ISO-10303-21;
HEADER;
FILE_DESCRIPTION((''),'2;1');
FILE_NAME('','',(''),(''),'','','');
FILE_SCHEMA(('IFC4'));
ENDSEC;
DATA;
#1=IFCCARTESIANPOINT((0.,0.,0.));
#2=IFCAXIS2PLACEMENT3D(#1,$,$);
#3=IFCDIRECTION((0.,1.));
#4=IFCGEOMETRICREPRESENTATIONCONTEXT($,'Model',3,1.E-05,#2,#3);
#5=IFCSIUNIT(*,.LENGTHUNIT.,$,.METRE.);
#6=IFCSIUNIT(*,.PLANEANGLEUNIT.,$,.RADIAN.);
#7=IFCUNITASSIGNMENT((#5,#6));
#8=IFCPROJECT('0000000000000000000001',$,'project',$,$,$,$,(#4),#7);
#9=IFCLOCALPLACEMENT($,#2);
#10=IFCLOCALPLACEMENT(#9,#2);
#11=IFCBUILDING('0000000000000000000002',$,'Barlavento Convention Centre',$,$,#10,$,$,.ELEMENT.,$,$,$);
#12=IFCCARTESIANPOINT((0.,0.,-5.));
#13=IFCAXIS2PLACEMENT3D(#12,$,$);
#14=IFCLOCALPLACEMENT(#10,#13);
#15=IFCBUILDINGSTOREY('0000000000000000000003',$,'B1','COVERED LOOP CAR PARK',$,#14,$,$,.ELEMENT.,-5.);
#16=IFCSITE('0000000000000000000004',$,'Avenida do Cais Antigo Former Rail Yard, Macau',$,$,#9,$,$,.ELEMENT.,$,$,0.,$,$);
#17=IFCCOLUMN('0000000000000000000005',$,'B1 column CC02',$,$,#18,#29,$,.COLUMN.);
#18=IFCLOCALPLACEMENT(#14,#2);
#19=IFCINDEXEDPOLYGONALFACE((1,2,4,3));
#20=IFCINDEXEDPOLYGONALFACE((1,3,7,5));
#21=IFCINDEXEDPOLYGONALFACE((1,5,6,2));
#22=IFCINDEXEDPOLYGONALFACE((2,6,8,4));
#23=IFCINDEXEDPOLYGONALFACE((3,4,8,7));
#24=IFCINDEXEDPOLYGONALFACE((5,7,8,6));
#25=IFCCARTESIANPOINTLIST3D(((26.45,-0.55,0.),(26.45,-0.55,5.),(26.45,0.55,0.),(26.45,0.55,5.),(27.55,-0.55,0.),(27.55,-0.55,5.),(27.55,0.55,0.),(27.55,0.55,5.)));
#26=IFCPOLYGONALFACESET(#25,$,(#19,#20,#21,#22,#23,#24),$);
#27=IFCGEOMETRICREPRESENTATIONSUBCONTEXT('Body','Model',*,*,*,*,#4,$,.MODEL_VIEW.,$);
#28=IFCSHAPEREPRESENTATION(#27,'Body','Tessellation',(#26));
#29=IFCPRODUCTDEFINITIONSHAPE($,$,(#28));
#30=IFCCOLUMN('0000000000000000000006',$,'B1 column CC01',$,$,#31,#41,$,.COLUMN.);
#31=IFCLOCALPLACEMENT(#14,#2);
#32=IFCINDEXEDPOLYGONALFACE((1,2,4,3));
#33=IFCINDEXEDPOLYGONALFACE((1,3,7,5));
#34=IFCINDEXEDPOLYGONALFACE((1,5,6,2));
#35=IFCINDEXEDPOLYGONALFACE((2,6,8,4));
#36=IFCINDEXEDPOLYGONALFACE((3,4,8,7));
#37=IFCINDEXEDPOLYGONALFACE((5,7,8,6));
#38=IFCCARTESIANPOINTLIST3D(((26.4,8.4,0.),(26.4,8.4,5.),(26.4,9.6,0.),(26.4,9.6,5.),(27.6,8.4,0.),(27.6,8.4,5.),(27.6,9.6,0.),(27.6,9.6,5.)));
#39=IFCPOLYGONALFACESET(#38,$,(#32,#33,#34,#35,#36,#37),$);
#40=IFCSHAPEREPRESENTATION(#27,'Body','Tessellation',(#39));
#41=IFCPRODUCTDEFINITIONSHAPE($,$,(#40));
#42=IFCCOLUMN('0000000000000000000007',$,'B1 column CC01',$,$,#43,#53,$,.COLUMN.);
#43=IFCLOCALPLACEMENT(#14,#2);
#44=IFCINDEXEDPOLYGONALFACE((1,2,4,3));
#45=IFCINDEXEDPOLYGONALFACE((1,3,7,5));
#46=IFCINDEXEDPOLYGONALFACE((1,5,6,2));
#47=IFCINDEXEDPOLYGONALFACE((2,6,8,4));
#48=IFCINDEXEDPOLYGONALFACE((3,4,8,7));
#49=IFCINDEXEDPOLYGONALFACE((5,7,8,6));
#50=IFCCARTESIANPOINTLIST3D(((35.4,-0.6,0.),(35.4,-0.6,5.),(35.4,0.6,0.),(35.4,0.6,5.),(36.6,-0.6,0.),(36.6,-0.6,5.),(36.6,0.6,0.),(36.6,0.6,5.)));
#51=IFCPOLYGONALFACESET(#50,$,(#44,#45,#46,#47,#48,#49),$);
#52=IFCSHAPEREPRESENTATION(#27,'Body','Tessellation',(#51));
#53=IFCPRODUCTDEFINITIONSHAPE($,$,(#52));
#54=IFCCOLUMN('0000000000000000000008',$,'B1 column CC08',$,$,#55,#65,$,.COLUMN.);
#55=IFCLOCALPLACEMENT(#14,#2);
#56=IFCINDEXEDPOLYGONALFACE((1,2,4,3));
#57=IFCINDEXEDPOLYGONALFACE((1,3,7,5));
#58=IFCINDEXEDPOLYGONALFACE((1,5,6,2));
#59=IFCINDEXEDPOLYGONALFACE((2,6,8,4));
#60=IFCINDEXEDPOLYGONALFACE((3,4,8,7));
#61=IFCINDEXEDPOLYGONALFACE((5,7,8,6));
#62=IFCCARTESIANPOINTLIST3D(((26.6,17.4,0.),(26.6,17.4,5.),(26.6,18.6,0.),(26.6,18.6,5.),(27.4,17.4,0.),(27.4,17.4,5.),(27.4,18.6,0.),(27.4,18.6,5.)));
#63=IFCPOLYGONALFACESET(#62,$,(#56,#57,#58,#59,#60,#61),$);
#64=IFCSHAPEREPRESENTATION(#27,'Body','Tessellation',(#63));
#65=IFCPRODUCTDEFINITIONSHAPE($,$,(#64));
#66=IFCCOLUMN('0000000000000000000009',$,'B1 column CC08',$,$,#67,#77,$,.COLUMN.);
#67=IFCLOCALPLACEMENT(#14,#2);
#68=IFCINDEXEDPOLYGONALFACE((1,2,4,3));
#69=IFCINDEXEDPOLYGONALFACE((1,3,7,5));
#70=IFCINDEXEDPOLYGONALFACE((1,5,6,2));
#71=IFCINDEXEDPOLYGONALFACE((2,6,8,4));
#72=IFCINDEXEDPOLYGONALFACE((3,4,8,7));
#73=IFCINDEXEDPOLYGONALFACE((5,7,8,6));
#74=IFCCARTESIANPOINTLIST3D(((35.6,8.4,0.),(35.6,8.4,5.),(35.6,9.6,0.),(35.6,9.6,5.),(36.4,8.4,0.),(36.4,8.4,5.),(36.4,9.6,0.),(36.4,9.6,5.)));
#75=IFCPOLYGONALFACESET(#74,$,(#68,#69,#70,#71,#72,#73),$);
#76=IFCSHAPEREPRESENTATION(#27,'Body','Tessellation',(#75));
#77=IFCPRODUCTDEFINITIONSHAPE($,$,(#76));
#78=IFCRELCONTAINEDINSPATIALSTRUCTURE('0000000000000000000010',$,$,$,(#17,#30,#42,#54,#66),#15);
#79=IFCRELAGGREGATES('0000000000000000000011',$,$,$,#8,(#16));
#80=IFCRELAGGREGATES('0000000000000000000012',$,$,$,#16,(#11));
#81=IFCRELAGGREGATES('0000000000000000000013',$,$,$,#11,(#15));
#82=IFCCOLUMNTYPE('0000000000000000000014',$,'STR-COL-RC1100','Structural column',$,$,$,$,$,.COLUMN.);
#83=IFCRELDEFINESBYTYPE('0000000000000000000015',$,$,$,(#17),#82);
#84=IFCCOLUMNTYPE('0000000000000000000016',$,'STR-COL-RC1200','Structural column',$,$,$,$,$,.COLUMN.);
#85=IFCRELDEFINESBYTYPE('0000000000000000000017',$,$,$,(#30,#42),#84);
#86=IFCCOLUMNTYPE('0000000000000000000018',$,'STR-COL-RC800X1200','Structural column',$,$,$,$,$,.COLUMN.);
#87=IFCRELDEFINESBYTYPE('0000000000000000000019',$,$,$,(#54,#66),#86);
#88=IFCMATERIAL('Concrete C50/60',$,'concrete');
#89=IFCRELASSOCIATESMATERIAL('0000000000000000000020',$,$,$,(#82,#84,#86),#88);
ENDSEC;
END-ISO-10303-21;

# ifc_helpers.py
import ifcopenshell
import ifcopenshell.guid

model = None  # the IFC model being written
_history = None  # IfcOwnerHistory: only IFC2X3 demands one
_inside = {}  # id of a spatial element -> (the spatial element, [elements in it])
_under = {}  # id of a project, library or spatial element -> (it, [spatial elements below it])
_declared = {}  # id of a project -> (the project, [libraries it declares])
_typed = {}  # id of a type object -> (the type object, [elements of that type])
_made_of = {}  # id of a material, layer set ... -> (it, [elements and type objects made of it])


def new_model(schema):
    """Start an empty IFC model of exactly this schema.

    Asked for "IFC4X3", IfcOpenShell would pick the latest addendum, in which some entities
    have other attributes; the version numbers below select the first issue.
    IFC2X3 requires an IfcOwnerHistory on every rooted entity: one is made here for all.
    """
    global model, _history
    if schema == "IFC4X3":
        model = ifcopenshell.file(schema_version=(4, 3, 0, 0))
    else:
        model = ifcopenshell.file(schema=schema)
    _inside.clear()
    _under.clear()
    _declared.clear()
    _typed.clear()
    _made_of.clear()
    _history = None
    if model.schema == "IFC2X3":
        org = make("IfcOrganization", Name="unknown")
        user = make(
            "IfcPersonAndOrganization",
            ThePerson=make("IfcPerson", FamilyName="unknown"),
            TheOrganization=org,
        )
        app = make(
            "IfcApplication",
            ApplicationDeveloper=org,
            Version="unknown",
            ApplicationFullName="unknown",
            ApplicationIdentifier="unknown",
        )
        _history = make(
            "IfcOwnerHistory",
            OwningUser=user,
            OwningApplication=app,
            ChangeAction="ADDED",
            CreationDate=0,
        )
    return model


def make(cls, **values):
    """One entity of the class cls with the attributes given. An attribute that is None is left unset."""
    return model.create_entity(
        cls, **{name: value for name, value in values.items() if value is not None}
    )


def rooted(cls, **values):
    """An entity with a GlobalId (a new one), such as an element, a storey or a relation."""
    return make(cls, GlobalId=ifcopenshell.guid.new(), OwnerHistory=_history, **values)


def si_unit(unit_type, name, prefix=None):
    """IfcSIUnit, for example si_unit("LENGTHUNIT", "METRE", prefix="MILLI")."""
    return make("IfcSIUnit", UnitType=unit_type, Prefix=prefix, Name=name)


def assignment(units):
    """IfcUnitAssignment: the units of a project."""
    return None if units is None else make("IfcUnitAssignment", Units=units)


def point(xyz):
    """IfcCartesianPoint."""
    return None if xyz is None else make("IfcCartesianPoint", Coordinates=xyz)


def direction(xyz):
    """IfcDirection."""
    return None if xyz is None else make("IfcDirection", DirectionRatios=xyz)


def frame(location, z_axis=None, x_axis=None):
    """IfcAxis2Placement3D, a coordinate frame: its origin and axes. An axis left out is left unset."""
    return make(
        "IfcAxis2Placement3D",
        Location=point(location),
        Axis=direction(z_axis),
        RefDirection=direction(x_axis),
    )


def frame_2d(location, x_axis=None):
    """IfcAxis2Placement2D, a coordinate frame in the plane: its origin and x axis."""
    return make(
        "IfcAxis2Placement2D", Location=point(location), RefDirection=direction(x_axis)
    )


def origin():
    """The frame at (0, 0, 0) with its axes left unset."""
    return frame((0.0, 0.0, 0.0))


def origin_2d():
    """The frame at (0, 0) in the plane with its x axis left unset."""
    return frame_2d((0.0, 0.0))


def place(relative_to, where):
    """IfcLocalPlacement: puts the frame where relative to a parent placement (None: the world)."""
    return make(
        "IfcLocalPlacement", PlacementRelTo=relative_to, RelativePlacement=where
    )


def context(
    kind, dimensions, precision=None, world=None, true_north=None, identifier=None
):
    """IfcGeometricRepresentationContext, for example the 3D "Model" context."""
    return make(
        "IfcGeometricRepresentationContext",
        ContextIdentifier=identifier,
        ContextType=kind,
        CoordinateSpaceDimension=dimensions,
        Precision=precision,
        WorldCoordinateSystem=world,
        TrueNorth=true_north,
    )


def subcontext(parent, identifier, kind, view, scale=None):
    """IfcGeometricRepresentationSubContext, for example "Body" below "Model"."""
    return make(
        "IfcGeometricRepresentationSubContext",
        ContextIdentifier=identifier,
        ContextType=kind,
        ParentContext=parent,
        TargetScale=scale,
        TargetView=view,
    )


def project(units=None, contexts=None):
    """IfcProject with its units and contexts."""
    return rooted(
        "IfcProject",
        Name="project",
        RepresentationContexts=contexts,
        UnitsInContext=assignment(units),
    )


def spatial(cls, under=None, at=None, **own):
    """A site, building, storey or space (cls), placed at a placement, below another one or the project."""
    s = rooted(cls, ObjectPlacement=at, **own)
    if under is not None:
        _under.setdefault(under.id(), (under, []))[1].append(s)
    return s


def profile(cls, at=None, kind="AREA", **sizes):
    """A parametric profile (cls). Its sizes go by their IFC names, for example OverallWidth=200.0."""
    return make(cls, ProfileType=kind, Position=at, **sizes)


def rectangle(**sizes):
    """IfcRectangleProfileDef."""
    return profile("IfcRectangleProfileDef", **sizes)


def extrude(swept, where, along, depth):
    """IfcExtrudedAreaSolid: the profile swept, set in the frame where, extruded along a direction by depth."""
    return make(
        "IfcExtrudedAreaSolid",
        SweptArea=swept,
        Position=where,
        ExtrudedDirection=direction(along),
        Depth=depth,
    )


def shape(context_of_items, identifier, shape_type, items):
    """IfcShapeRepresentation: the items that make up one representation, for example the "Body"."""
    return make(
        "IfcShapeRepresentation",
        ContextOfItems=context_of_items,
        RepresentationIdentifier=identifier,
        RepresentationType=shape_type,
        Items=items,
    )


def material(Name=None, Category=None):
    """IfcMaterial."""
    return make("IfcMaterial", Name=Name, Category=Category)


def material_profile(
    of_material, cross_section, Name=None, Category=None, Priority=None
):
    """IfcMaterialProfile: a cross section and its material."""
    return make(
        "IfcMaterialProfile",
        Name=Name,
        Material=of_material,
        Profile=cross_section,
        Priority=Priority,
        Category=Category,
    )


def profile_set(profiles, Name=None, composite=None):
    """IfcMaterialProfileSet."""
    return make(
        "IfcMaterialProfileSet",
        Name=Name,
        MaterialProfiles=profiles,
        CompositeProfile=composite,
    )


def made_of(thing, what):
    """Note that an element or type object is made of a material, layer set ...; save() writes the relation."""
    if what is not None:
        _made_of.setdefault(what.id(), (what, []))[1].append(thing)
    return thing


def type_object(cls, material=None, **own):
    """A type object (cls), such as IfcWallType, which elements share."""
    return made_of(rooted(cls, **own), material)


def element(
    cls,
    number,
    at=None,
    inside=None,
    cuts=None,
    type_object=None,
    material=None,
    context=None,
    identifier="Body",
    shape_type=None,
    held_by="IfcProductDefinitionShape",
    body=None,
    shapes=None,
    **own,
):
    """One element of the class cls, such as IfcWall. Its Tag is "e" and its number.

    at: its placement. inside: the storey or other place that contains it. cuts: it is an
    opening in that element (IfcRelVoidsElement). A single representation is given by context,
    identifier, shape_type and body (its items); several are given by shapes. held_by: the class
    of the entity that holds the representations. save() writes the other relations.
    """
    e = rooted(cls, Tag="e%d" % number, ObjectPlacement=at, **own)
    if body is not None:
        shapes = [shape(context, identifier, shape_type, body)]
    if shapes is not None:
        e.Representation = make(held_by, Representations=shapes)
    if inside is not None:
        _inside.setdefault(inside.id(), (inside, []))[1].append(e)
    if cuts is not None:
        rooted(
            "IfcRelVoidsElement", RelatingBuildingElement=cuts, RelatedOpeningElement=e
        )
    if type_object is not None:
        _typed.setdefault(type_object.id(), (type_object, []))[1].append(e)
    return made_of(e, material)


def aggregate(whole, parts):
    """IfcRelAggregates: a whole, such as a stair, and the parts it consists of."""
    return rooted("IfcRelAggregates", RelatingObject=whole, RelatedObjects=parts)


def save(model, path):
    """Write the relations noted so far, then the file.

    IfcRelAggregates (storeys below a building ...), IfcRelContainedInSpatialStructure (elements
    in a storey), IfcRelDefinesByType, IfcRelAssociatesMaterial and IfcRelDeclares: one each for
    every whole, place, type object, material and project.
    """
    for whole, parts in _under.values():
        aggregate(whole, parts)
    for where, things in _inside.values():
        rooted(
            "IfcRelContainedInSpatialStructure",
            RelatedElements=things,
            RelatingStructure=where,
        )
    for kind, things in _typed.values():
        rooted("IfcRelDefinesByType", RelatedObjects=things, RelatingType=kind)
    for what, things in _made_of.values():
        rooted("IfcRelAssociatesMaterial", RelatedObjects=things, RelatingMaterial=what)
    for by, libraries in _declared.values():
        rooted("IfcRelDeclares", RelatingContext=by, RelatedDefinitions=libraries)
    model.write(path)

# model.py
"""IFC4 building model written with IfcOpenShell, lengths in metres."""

from ifc_helpers import new_model, si_unit, direction, frame, origin, origin_2d, place, context, subcontext, project, spatial, rectangle, extrude, material, material_profile, profile_set, type_object, element, save


model = new_model("IFC4")

# Units and contexts
model_context = context("Model", 3, precision=1e-05, world=origin(), true_north=direction((0.0, 1.0)))
body_context = subcontext(model_context, "Body", "Model", "MODEL_VIEW")
ifc_project = project(units=[si_unit("LENGTHUNIT", "METRE"), si_unit("PLANEANGLEUNIT", "RADIAN")], contexts=[model_context])

# Site, building, storey
site_placement = place(None, origin())
site = spatial("IfcSite", under=ifc_project, at=site_placement, Name="Avenida do Cais Antigo Former Rail Yard, Macau", CompositionType="ELEMENT", RefElevation=0.0)
building_placement = place(site_placement, origin())
building = spatial("IfcBuilding", under=site, at=building_placement, Name="Barlavento Convention Centre", CompositionType="ELEMENT")
storey_placement = place(building_placement, frame((0.0, 0.0, -5.0)))
storey = spatial("IfcBuildingStorey", under=building, at=storey_placement, Name="B1", Description="COVERED LOOP CAR PARK", CompositionType="ELEMENT", Elevation=-5.0)

# Columns
ifc_material_1 = material(Name="Concrete C50/60", Category="concrete")
ifc_material_profile_1 = material_profile(ifc_material_1, rectangle(XDim=1.1001, YDim=1.1001, at=origin_2d()), Name="RC 1100x1100")
ifc_profile_set_1 = profile_set([ifc_material_profile_1], Name="Concrete C50/60")
column_type_1 = type_object("IfcColumnType", Name="STR-COL-RC1100", Description="Structural column", PredefinedType="COLUMN", material=ifc_profile_set_1)
column_1_placement = place(storey_placement, frame((27.0, 0.0, 0.0), z_axis=(0.0, 0.0, 1.0), x_axis=(1.0, 0.0, 0.0)))
element("IfcColumn", 1, at=column_1_placement, inside=storey, type_object=column_type_1, Name="B1 column CC02", PredefinedType="COLUMN", context=body_context, shape_type="SweptSolid", body=[
    extrude(rectangle(XDim=1.1001, YDim=1.1001, at=origin_2d()), origin(), (0.0, 0.0, 1.0), 5.0),
])
ifc_material_profile_2 = material_profile(ifc_material_1, rectangle(XDim=1.2, YDim=1.2, at=origin_2d()), Name="RC 1200x1200")
ifc_profile_set_2 = profile_set([ifc_material_profile_2], Name="Concrete C50/60")
column_type_2 = type_object("IfcColumnType", Name="STR-COL-RC1200", Description="Structural column", PredefinedType="COLUMN", material=ifc_profile_set_2)
for number, where, z_axis, x_axis, name in (
    (2, (27.0, 9.0, 0.0), (0.0, 0.0, 1.0), (1.0, 0.0, 0.0), "B1 column CC01"),
    (3, (36.0, 0.0, 0.0), (0.0, 0.0, 1.0), (1.0, 0.0, 0.0), "B1 column CC01"),
):
    element("IfcColumn", number, at=place(storey_placement, frame(where, z_axis=z_axis, x_axis=x_axis)), inside=storey, type_object=column_type_2, Name=name, PredefinedType="COLUMN", context=body_context, shape_type="SweptSolid", body=[
        extrude(rectangle(XDim=1.2, YDim=1.2, at=origin_2d()), origin(), (0.0, 0.0, 1.0), 5.0),
    ])
ifc_material_profile_3 = material_profile(ifc_material_1, rectangle(XDim=0.8, YDim=1.2, at=origin_2d()), Name="RC 800x1200")
ifc_profile_set_3 = profile_set([ifc_material_profile_3], Name="Concrete C50/60")
column_type_3 = type_object("IfcColumnType", Name="STR-COL-RC800X1200", Description="Structural column", PredefinedType="COLUMN", material=ifc_profile_set_3)
for number, where, z_axis, x_axis, name in (
    (4, (27.0, 18.0, 0.0), (0.0, 0.0, 1.0), (1.0, 0.0, 0.0), "B1 column CC08"),
    (5, (36.0, 9.0, 0.0), (0.0, 0.0, 1.0), (1.0, 0.0, 0.0), "B1 column CC08"),
):
    element("IfcColumn", number, at=place(storey_placement, frame(where, z_axis=z_axis, x_axis=x_axis)), inside=storey, type_object=column_type_3, Name=name, PredefinedType="COLUMN", context=body_context, shape_type="SweptSolid", body=[
        extrude(rectangle(XDim=0.8, YDim=1.2, at=origin_2d()), origin(), (0.0, 0.0, 1.0), 5.0),
    ])

save(model, "model.ifc")
